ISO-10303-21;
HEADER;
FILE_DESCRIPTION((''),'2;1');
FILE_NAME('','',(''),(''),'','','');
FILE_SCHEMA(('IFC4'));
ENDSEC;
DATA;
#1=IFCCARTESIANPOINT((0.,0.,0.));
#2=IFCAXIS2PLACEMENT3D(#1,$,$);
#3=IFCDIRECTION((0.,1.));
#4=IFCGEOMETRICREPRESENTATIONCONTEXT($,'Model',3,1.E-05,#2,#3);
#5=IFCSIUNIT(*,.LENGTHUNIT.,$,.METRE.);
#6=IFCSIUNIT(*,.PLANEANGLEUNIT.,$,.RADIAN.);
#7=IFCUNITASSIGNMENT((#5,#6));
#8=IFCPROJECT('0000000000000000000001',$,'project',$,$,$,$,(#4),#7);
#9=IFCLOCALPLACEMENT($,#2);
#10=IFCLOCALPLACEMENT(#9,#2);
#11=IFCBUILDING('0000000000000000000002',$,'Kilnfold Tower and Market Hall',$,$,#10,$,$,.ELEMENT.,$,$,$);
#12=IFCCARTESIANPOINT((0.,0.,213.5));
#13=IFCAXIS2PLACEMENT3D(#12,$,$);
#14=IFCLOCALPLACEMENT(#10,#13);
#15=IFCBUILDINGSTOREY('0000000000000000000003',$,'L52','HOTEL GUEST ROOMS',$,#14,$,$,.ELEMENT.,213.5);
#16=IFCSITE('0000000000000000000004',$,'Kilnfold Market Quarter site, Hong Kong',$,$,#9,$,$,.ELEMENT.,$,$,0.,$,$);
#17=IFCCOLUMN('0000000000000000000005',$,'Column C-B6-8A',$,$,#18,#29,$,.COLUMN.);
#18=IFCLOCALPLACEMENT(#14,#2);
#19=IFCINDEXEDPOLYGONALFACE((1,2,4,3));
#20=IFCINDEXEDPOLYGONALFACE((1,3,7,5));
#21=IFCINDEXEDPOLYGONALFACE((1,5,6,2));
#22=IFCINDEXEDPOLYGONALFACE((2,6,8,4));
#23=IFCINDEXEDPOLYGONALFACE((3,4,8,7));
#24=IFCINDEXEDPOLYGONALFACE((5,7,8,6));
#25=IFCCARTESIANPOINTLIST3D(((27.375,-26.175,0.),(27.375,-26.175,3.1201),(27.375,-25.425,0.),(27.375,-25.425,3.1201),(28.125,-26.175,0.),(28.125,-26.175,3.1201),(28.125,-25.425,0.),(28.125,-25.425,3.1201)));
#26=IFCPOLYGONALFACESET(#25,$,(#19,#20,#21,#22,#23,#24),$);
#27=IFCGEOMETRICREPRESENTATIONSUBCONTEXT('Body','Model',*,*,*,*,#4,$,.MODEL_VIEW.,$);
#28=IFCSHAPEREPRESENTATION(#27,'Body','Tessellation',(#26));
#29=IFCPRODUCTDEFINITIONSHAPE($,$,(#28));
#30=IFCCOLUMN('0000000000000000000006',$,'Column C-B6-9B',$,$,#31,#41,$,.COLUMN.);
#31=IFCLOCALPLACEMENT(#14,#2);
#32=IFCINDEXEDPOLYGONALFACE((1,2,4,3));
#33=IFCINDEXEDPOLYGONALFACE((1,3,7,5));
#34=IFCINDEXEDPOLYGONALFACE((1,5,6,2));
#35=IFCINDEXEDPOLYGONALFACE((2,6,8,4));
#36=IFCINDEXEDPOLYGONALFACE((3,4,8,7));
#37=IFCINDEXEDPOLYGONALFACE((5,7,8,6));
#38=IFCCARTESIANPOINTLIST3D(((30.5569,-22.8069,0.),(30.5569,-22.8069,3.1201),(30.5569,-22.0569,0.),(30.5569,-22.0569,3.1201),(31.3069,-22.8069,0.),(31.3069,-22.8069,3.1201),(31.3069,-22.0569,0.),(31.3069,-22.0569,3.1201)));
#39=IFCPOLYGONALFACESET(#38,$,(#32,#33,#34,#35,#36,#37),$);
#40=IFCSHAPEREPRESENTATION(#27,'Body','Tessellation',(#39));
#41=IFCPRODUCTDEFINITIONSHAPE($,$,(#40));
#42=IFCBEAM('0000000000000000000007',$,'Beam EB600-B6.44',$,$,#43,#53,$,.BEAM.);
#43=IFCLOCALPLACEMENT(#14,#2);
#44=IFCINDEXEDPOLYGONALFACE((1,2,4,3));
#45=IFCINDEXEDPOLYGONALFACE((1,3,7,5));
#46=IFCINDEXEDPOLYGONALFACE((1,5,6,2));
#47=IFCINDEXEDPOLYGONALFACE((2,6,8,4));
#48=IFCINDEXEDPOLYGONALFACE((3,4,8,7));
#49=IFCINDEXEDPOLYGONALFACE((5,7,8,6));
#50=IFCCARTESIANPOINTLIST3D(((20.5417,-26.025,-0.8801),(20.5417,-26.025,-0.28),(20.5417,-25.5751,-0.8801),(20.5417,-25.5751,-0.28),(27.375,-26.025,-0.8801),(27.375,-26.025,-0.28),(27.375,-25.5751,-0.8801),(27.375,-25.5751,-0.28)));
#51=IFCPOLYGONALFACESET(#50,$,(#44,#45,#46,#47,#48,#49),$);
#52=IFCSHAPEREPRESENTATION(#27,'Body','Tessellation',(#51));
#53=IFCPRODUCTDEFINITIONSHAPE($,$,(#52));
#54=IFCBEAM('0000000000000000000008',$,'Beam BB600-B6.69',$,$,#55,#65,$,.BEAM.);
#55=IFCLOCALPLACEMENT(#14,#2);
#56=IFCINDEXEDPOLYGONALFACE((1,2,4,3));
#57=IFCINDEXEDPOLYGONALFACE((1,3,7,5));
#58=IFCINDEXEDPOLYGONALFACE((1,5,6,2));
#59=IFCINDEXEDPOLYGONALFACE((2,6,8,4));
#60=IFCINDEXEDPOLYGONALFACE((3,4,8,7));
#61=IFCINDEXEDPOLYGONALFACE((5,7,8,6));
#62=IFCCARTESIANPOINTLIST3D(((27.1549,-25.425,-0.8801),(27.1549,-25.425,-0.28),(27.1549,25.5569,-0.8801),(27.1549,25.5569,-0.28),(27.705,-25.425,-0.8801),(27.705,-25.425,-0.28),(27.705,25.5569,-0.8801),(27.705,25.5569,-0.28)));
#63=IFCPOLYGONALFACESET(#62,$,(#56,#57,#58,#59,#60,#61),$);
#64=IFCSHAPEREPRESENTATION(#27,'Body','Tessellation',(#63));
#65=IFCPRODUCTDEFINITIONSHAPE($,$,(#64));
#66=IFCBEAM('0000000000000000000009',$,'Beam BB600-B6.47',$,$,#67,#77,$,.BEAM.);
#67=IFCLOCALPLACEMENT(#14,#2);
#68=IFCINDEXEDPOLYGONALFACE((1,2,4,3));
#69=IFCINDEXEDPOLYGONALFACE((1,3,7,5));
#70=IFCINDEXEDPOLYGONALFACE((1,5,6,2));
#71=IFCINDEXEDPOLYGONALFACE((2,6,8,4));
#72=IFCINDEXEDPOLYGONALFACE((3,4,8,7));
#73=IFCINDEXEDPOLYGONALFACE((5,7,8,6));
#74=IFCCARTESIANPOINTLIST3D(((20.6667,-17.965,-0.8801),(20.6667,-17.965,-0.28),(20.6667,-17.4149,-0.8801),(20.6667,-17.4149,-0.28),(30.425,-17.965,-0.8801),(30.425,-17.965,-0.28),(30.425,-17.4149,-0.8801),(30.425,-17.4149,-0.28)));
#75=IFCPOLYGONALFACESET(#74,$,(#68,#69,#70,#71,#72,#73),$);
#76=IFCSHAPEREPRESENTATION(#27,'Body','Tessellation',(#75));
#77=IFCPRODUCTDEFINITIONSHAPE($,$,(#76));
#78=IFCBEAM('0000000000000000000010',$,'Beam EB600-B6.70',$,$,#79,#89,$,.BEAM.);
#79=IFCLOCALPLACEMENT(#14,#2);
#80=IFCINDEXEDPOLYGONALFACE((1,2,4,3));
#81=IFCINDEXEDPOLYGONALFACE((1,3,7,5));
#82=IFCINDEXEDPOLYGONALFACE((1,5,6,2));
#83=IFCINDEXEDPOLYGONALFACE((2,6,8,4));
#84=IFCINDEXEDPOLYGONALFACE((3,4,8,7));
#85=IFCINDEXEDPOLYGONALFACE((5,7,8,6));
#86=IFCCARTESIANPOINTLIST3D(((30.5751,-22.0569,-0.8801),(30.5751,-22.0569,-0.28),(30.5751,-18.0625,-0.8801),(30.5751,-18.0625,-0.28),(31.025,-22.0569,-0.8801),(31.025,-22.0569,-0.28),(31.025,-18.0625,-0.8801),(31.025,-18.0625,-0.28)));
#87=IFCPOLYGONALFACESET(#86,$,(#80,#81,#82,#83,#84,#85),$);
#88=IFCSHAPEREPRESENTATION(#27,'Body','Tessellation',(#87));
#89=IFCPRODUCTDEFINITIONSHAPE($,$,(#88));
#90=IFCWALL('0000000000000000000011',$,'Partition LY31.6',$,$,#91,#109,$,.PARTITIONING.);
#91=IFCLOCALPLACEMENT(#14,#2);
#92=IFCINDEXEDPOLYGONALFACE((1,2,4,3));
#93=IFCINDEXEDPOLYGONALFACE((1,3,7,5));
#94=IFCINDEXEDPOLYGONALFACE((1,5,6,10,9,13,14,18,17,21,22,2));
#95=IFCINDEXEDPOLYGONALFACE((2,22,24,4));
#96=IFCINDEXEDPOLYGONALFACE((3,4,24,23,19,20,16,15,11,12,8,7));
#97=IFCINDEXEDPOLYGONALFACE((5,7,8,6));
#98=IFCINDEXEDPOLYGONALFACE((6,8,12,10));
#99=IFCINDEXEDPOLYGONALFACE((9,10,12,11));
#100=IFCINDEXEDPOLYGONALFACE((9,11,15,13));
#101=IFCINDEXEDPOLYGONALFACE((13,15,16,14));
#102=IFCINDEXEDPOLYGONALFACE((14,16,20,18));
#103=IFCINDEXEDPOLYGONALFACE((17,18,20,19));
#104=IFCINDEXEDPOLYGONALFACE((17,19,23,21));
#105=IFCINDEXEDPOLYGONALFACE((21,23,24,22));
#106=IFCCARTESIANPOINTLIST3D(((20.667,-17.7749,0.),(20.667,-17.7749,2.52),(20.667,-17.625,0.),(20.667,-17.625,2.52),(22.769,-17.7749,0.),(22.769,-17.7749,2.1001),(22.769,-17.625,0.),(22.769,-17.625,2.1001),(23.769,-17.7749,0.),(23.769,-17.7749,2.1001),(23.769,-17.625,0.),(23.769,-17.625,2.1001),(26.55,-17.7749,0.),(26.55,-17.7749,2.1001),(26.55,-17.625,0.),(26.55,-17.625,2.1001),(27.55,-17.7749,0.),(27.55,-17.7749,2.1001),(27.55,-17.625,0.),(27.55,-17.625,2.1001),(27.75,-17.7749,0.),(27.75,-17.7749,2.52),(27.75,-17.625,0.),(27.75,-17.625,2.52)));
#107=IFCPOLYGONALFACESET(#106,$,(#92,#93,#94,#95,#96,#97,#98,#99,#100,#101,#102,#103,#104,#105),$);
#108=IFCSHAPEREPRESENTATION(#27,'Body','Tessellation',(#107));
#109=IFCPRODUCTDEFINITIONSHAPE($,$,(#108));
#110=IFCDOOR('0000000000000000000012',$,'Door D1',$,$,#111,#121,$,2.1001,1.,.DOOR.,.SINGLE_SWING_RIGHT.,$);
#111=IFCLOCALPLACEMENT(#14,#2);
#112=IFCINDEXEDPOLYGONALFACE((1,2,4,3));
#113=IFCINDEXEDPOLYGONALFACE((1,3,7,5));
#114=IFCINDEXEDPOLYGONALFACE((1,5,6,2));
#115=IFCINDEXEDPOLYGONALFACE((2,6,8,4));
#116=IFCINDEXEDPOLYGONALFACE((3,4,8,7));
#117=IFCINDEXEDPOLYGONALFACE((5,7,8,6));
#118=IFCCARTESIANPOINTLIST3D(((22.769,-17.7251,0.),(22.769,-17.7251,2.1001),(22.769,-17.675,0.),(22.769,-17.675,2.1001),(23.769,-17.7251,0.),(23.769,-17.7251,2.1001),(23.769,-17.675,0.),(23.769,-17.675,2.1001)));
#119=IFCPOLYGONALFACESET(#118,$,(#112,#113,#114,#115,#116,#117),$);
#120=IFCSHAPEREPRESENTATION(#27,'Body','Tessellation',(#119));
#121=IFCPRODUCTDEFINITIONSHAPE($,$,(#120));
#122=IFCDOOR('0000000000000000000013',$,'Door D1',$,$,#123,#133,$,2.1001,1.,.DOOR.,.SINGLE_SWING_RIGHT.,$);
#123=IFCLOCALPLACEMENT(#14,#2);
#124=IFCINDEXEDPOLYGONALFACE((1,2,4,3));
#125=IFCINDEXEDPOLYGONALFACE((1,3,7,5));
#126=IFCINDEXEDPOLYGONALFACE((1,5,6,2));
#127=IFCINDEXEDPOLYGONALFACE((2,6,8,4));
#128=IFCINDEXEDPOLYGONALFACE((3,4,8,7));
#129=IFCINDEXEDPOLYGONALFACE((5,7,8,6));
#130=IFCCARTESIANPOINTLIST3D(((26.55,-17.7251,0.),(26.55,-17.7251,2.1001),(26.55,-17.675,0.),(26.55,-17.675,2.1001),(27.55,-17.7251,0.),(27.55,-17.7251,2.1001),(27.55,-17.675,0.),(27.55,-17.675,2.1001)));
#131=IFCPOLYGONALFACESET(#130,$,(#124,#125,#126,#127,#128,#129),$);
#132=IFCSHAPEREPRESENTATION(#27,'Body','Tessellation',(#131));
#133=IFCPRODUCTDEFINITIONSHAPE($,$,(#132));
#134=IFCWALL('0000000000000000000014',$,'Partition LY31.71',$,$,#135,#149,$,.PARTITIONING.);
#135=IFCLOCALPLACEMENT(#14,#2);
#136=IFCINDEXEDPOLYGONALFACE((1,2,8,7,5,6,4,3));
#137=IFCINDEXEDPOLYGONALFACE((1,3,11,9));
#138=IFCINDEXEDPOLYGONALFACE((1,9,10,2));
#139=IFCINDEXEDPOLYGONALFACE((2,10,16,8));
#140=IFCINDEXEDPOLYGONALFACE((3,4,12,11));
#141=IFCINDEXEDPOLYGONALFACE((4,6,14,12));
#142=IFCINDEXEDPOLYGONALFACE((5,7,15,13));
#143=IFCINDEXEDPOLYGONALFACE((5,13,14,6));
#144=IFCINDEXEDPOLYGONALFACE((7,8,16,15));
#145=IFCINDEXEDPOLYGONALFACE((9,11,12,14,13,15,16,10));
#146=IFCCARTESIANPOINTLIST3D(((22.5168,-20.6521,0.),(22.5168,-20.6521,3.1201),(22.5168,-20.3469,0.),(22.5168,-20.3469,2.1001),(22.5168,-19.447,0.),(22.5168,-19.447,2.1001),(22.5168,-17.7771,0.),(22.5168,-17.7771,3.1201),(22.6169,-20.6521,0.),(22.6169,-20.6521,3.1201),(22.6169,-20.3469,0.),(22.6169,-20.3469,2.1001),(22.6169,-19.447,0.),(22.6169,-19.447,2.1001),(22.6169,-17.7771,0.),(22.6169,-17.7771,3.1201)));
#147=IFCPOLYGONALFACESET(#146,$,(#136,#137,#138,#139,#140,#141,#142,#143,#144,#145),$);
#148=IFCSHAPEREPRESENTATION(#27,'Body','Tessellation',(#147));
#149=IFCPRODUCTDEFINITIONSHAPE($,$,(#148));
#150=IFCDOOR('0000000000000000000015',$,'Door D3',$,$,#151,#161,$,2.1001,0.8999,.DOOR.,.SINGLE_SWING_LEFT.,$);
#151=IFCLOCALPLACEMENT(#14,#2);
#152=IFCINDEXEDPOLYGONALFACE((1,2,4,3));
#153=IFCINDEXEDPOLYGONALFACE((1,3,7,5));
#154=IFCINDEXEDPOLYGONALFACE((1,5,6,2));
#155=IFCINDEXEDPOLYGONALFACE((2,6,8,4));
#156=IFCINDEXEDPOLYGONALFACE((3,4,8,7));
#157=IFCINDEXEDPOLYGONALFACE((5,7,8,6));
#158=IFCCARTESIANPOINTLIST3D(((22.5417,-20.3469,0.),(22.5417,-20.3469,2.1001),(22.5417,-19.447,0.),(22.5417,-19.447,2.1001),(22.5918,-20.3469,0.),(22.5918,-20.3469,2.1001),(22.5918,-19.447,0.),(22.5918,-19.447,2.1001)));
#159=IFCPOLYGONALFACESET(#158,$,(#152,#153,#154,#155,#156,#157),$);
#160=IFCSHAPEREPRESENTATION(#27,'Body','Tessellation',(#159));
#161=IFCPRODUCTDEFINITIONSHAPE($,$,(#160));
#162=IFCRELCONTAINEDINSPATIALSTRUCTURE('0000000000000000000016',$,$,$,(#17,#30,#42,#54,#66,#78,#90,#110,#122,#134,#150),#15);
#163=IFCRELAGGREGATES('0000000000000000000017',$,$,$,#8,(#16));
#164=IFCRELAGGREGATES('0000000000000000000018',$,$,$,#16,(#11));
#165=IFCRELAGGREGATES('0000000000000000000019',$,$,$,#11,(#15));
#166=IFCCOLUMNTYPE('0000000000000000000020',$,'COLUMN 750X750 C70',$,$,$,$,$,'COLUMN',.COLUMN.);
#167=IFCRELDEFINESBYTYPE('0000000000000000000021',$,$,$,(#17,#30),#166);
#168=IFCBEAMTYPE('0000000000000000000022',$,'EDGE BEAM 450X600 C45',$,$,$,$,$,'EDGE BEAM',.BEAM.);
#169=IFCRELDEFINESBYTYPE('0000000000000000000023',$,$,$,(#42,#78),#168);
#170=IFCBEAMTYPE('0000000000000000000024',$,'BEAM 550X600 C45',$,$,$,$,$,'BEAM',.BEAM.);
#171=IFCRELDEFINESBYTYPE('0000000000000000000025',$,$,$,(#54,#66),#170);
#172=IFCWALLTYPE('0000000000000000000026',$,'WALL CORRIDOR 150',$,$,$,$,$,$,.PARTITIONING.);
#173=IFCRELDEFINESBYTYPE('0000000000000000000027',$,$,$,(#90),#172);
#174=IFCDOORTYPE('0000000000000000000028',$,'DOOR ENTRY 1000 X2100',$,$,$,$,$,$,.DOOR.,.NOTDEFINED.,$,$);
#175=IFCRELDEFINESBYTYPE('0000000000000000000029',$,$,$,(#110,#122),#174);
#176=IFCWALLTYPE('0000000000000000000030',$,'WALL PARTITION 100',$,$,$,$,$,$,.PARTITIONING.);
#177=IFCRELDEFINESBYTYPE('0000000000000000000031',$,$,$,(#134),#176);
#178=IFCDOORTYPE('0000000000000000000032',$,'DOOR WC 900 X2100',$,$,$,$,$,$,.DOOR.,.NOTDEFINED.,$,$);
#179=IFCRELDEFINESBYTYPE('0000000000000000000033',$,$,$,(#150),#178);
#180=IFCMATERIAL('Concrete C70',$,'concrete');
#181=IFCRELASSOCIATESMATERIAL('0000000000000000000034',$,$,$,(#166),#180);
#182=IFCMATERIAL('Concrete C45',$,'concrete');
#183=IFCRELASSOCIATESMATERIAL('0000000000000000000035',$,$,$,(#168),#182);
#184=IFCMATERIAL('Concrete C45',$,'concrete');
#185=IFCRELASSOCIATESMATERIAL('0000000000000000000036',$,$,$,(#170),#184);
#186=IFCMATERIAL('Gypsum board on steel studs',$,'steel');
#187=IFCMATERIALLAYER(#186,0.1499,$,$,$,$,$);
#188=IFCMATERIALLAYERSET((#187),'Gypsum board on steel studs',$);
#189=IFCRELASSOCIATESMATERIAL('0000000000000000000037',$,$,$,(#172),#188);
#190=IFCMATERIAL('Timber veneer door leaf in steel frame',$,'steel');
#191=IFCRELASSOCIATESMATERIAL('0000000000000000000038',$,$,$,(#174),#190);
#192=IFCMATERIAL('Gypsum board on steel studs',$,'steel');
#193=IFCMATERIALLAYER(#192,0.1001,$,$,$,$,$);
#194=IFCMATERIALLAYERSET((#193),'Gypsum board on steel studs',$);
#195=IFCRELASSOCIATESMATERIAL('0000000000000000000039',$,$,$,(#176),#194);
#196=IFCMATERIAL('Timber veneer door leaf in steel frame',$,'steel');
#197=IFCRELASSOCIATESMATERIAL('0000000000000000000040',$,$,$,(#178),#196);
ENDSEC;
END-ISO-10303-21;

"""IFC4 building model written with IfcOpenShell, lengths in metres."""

from ifc_helpers import new_model, si_unit, direction, frame, frame_2d, origin, origin_2d, place, context, subcontext, project, spatial, rectangle, extrude, source, transform, mapped, material, layer, layer_set, material_profile, profile_set, type_object, element, fill, save


model = new_model("IFC4")

# Units and contexts
model_context = context("Model", 3, precision=1e-05, world=origin(), true_north=direction((0.0, 1.0)))
body_context = subcontext(model_context, "Body", "Model", "MODEL_VIEW")
ifc_project = project(units=[si_unit("LENGTHUNIT", "METRE"), si_unit("PLANEANGLEUNIT", "RADIAN")], contexts=[model_context])

# Site, building, storey
site_placement = place(None, origin())
site = spatial("IfcSite", under=ifc_project, at=site_placement, Name="Kilnfold Market Quarter site, Hong Kong", CompositionType="ELEMENT", RefElevation=0.0)
building_placement = place(site_placement, origin())
building = spatial("IfcBuilding", under=site, at=building_placement, Name="Kilnfold Tower and Market Hall", CompositionType="ELEMENT")
storey_placement = place(building_placement, frame((0.0, 0.0, 213.5)))
storey = spatial("IfcBuildingStorey", under=building, at=storey_placement, Name="L52", Description="HOTEL GUEST ROOMS", CompositionType="ELEMENT", Elevation=213.5)

# Columns
ifc_material_1 = material(Name="Concrete C70", Category="concrete")
ifc_material_profile_1 = material_profile(ifc_material_1, rectangle(XDim=0.75, YDim=0.75, at=origin_2d()), Name="RC 750x750")
ifc_profile_set_1 = profile_set([ifc_material_profile_1], Name="Concrete C70")
column_type = type_object("IfcColumnType", Name="COLUMN 750X750 C70", ElementType="COLUMN", PredefinedType="COLUMN", material=ifc_profile_set_1)
shared_shape_1 = source(origin(), body_context, "Body", "SweptSolid", [
    extrude(rectangle(XDim=0.75, YDim=0.75, at=origin_2d()), origin(), (0.0, 0.0, 1.0), 3.1201),
])
for number, where, z_axis, x_axis, name in (
    (1, (27.75, -25.8, 0.0), (0.0, 0.0, 1.0), (1.0, 0.0, 0.0), "Column C-B6-8A"),
    (2, (30.9319, -22.4319, 0.0), (0.0, 0.0, 1.0), (1.0, 0.0, 0.0), "Column C-B6-9B"),
):
    element("IfcColumn", number, at=place(storey_placement, frame(where, z_axis=z_axis, x_axis=x_axis)), inside=storey, type_object=column_type, Name=name, PredefinedType="COLUMN", context=body_context, shape_type="MappedRepresentation", body=[
        mapped(shared_shape_1, transform((0.0, 0.0, 0.0))),
    ])

# Beams
ifc_material_2 = material(Name="Concrete C45", Category="concrete")
ifc_material_profile_2 = material_profile(ifc_material_2, rectangle(XDim=0.45, YDim=0.6001, at=origin_2d()), Name="RC 450x600")
ifc_profile_set_2 = profile_set([ifc_material_profile_2], Name="Concrete C45")
beam_type_1 = type_object("IfcBeamType", Name="EDGE BEAM 450X600 C45", ElementType="EDGE BEAM", PredefinedType="BEAM", material=ifc_profile_set_2)
shared_shape_2 = source(origin(), body_context, "Body", "SweptSolid", [
    extrude(rectangle(XDim=0.45, YDim=0.6001, at=origin_2d()), origin(), (0.0, 0.0, 1.0), 6.8333),
])
beam_1_placement = place(storey_placement, frame((20.5417, -25.8, -0.5801), z_axis=(1.0, 0.0, 0.0), x_axis=(0.0, 1.0, 0.0)))
element("IfcBeam", 3, at=beam_1_placement, inside=storey, type_object=beam_type_1, Name="Beam EB600-B6.44", PredefinedType="BEAM", context=body_context, shape_type="MappedRepresentation", body=[
    mapped(shared_shape_2, transform((0.0, 0.0, 0.0))),
])
ifc_material_3 = material(Name="Concrete C45", Category="concrete")
ifc_material_profile_3 = material_profile(ifc_material_3, rectangle(XDim=0.55, YDim=0.6001, at=origin_2d()), Name="RC 550x600")
ifc_profile_set_3 = profile_set([ifc_material_profile_3], Name="Concrete C45")
beam_type_2 = type_object("IfcBeamType", Name="BEAM 550X600 C45", ElementType="BEAM", PredefinedType="BEAM", material=ifc_profile_set_3)
shared_shape_3 = source(origin(), body_context, "Body", "SweptSolid", [
    extrude(rectangle(XDim=0.55, YDim=0.6001, at=origin_2d()), origin(), (0.0, 0.0, 1.0), 50.9819),
])
beam_2_placement = place(storey_placement, frame((27.4299, -25.425, -0.5801), z_axis=(0.0, 1.0, 0.0), x_axis=(-1.0, 0.0, 0.0)))
element("IfcBeam", 4, at=beam_2_placement, inside=storey, type_object=beam_type_2, Name="Beam BB600-B6.69", PredefinedType="BEAM", context=body_context, shape_type="MappedRepresentation", body=[
    mapped(shared_shape_3, transform((0.0, 0.0, 0.0))),
])
shared_shape_4 = source(origin(), body_context, "Body", "SweptSolid", [
    extrude(rectangle(XDim=0.55, YDim=0.6001, at=origin_2d()), origin(), (0.0, 0.0, 1.0), 9.7583),
])
beam_3_placement = place(storey_placement, frame((20.6667, -17.6899, -0.5801), z_axis=(1.0, 0.0, 0.0), x_axis=(0.0, 1.0, 0.0)))
element("IfcBeam", 5, at=beam_3_placement, inside=storey, type_object=beam_type_2, Name="Beam BB600-B6.47", PredefinedType="BEAM", context=body_context, shape_type="MappedRepresentation", body=[
    mapped(shared_shape_4, transform((0.0, 0.0, 0.0))),
])
shared_shape_5 = source(origin(), body_context, "Body", "SweptSolid", [
    extrude(rectangle(XDim=0.45, YDim=0.6001, at=origin_2d()), origin(), (0.0, 0.0, 1.0), 3.9944),
])
beam_4_placement = place(storey_placement, frame((30.8, -22.0569, -0.5801), z_axis=(0.0, 1.0, 0.0), x_axis=(-1.0, 0.0, 0.0)))
element("IfcBeam", 6, at=beam_4_placement, inside=storey, type_object=beam_type_1, Name="Beam EB600-B6.70", PredefinedType="BEAM", context=body_context, shape_type="MappedRepresentation", body=[
    mapped(shared_shape_5, transform((0.0, 0.0, 0.0))),
])

# Wall, openings, doors
ifc_material_4 = material(Name="Gypsum board on steel studs", Category="steel")
ifc_layer_1 = layer(ifc_material_4, 0.1499)
ifc_layer_set_1 = layer_set([ifc_layer_1], Name="Gypsum board on steel studs")
wall_type_1 = type_object("IfcWallType", Name="WALL CORRIDOR 150", PredefinedType="PARTITIONING", material=ifc_layer_set_1)
wall_1_placement = place(storey_placement, frame((20.667, -17.7, 0.0), z_axis=(0.0, 0.0, 1.0), x_axis=(1.0, 0.0, 0.0)))
wall_1 = element("IfcWall", 7, at=wall_1_placement, inside=storey, type_object=wall_type_1, Name="Partition LY31.6", PredefinedType="PARTITIONING", context=body_context, shape_type="SweptSolid", body=[
    extrude(rectangle(XDim=7.083, YDim=0.1499, at=frame_2d((3.5415, 0.0))), origin(), (0.0, 0.0, 1.0), 2.52),
])
opening_1_placement = place(wall_1_placement, frame((2.1021, 0.0, 0.0)))
opening_1 = element("IfcOpeningElement", 8, at=opening_1_placement, cuts=wall_1, PredefinedType="OPENING", context=body_context, shape_type="SweptSolid", body=[
    extrude(rectangle(XDim=1.0, YDim=2.1001, at=frame_2d((0.5, 1.05))), frame((0.0, 0.085, 0.0), z_axis=(0.0, -1.0, 0.0), x_axis=(1.0, 0.0, 0.0)), (0.0, 0.0, 1.0), 0.1699),
])
opening_2_placement = place(wall_1_placement, frame((5.8831, 0.0, 0.0)))
opening_2 = element("IfcOpeningElement", 9, at=opening_2_placement, cuts=wall_1, PredefinedType="OPENING", context=body_context, shape_type="SweptSolid", body=[
    extrude(rectangle(XDim=1.0, YDim=2.1001, at=frame_2d((0.5, 1.05))), frame((0.0, 0.085, 0.0), z_axis=(0.0, -1.0, 0.0), x_axis=(1.0, 0.0, 0.0)), (0.0, 0.0, 1.0), 0.1699),
])
ifc_material_5 = material(Name="Timber veneer door leaf in steel frame", Category="steel")
door_type_1 = type_object("IfcDoorType", Name="DOOR ENTRY 1000 X2100", OperationType="NOTDEFINED", PredefinedType="DOOR", material=ifc_material_5)
door_1_placement = place(opening_1_placement, origin())
door_1 = element("IfcDoor", 10, at=door_1_placement, inside=storey, type_object=door_type_1, Name="Door D1", OperationType="SINGLE_SWING_RIGHT", OverallHeight=2.1001, OverallWidth=1.0, PredefinedType="DOOR", context=body_context, shape_type="SweptSolid", body=[
    extrude(rectangle(XDim=1.0, YDim=2.1001, at=frame_2d((0.5, 1.05))), frame((0.0, 0.0249, 0.0), z_axis=(0.0, -1.0, 0.0), x_axis=(1.0, 0.0, 0.0)), (0.0, 0.0, 1.0), 0.05),
])
fill(opening_1, door_1)
door_2_placement = place(opening_2_placement, origin())
door_2 = element("IfcDoor", 11, at=door_2_placement, inside=storey, type_object=door_type_1, Name="Door D1", OperationType="SINGLE_SWING_RIGHT", OverallHeight=2.1001, OverallWidth=1.0, PredefinedType="DOOR", context=body_context, shape_type="SweptSolid", body=[
    extrude(rectangle(XDim=1.0, YDim=2.1001, at=frame_2d((0.5, 1.05))), frame((0.0, 0.0249, 0.0), z_axis=(0.0, -1.0, 0.0), x_axis=(1.0, 0.0, 0.0)), (0.0, 0.0, 1.0), 0.05),
])
fill(opening_2, door_2)

# Wall, opening, door
ifc_material_6 = material(Name="Gypsum board on steel studs", Category="steel")
ifc_layer_2 = layer(ifc_material_6, 0.1001)
ifc_layer_set_2 = layer_set([ifc_layer_2], Name="Gypsum board on steel studs")
wall_type_2 = type_object("IfcWallType", Name="WALL PARTITION 100", PredefinedType="PARTITIONING", material=ifc_layer_set_2)
wall_2_placement = place(storey_placement, frame((22.5669, -17.7771, 0.0), z_axis=(0.0, 0.0, 1.0), x_axis=(0.0, -1.0, 0.0)))
wall_2 = element("IfcWall", 12, at=wall_2_placement, inside=storey, type_object=wall_type_2, Name="Partition LY31.71", PredefinedType="PARTITIONING", context=body_context, shape_type="SweptSolid", body=[
    extrude(rectangle(XDim=2.875, YDim=0.1001, at=frame_2d((1.4375, 0.0))), origin(), (0.0, 0.0, 1.0), 3.1201),
])
opening_3_placement = place(wall_2_placement, frame((1.6699, 0.0, 0.0)))
opening_3 = element("IfcOpeningElement", 13, at=opening_3_placement, cuts=wall_2, PredefinedType="OPENING", context=body_context, shape_type="SweptSolid", body=[
    extrude(rectangle(XDim=0.8999, YDim=2.1001, at=frame_2d((0.45, 1.05))), frame((0.0, 0.0601, 0.0), z_axis=(0.0, -1.0, 0.0), x_axis=(1.0, 0.0, 0.0)), (0.0, 0.0, 1.0), 0.1201),
])
ifc_material_7 = material(Name="Timber veneer door leaf in steel frame", Category="steel")
door_type_2 = type_object("IfcDoorType", Name="DOOR WC 900 X2100", OperationType="NOTDEFINED", PredefinedType="DOOR", material=ifc_material_7)
door_3_placement = place(opening_3_placement, origin())
door_3 = element("IfcDoor", 14, at=door_3_placement, inside=storey, type_object=door_type_2, Name="Door D3", OperationType="SINGLE_SWING_LEFT", OverallHeight=2.1001, OverallWidth=0.8999, PredefinedType="DOOR", context=body_context, shape_type="SweptSolid", body=[
    extrude(rectangle(XDim=0.8999, YDim=2.1001, at=frame_2d((0.45, 1.05))), frame((0.0, 0.0249, 0.0), z_axis=(0.0, -1.0, 0.0), x_axis=(1.0, 0.0, 0.0)), (0.0, 0.0, 1.0), 0.05),
])
fill(opening_3, door_3)

save(model, "model.ifc")
